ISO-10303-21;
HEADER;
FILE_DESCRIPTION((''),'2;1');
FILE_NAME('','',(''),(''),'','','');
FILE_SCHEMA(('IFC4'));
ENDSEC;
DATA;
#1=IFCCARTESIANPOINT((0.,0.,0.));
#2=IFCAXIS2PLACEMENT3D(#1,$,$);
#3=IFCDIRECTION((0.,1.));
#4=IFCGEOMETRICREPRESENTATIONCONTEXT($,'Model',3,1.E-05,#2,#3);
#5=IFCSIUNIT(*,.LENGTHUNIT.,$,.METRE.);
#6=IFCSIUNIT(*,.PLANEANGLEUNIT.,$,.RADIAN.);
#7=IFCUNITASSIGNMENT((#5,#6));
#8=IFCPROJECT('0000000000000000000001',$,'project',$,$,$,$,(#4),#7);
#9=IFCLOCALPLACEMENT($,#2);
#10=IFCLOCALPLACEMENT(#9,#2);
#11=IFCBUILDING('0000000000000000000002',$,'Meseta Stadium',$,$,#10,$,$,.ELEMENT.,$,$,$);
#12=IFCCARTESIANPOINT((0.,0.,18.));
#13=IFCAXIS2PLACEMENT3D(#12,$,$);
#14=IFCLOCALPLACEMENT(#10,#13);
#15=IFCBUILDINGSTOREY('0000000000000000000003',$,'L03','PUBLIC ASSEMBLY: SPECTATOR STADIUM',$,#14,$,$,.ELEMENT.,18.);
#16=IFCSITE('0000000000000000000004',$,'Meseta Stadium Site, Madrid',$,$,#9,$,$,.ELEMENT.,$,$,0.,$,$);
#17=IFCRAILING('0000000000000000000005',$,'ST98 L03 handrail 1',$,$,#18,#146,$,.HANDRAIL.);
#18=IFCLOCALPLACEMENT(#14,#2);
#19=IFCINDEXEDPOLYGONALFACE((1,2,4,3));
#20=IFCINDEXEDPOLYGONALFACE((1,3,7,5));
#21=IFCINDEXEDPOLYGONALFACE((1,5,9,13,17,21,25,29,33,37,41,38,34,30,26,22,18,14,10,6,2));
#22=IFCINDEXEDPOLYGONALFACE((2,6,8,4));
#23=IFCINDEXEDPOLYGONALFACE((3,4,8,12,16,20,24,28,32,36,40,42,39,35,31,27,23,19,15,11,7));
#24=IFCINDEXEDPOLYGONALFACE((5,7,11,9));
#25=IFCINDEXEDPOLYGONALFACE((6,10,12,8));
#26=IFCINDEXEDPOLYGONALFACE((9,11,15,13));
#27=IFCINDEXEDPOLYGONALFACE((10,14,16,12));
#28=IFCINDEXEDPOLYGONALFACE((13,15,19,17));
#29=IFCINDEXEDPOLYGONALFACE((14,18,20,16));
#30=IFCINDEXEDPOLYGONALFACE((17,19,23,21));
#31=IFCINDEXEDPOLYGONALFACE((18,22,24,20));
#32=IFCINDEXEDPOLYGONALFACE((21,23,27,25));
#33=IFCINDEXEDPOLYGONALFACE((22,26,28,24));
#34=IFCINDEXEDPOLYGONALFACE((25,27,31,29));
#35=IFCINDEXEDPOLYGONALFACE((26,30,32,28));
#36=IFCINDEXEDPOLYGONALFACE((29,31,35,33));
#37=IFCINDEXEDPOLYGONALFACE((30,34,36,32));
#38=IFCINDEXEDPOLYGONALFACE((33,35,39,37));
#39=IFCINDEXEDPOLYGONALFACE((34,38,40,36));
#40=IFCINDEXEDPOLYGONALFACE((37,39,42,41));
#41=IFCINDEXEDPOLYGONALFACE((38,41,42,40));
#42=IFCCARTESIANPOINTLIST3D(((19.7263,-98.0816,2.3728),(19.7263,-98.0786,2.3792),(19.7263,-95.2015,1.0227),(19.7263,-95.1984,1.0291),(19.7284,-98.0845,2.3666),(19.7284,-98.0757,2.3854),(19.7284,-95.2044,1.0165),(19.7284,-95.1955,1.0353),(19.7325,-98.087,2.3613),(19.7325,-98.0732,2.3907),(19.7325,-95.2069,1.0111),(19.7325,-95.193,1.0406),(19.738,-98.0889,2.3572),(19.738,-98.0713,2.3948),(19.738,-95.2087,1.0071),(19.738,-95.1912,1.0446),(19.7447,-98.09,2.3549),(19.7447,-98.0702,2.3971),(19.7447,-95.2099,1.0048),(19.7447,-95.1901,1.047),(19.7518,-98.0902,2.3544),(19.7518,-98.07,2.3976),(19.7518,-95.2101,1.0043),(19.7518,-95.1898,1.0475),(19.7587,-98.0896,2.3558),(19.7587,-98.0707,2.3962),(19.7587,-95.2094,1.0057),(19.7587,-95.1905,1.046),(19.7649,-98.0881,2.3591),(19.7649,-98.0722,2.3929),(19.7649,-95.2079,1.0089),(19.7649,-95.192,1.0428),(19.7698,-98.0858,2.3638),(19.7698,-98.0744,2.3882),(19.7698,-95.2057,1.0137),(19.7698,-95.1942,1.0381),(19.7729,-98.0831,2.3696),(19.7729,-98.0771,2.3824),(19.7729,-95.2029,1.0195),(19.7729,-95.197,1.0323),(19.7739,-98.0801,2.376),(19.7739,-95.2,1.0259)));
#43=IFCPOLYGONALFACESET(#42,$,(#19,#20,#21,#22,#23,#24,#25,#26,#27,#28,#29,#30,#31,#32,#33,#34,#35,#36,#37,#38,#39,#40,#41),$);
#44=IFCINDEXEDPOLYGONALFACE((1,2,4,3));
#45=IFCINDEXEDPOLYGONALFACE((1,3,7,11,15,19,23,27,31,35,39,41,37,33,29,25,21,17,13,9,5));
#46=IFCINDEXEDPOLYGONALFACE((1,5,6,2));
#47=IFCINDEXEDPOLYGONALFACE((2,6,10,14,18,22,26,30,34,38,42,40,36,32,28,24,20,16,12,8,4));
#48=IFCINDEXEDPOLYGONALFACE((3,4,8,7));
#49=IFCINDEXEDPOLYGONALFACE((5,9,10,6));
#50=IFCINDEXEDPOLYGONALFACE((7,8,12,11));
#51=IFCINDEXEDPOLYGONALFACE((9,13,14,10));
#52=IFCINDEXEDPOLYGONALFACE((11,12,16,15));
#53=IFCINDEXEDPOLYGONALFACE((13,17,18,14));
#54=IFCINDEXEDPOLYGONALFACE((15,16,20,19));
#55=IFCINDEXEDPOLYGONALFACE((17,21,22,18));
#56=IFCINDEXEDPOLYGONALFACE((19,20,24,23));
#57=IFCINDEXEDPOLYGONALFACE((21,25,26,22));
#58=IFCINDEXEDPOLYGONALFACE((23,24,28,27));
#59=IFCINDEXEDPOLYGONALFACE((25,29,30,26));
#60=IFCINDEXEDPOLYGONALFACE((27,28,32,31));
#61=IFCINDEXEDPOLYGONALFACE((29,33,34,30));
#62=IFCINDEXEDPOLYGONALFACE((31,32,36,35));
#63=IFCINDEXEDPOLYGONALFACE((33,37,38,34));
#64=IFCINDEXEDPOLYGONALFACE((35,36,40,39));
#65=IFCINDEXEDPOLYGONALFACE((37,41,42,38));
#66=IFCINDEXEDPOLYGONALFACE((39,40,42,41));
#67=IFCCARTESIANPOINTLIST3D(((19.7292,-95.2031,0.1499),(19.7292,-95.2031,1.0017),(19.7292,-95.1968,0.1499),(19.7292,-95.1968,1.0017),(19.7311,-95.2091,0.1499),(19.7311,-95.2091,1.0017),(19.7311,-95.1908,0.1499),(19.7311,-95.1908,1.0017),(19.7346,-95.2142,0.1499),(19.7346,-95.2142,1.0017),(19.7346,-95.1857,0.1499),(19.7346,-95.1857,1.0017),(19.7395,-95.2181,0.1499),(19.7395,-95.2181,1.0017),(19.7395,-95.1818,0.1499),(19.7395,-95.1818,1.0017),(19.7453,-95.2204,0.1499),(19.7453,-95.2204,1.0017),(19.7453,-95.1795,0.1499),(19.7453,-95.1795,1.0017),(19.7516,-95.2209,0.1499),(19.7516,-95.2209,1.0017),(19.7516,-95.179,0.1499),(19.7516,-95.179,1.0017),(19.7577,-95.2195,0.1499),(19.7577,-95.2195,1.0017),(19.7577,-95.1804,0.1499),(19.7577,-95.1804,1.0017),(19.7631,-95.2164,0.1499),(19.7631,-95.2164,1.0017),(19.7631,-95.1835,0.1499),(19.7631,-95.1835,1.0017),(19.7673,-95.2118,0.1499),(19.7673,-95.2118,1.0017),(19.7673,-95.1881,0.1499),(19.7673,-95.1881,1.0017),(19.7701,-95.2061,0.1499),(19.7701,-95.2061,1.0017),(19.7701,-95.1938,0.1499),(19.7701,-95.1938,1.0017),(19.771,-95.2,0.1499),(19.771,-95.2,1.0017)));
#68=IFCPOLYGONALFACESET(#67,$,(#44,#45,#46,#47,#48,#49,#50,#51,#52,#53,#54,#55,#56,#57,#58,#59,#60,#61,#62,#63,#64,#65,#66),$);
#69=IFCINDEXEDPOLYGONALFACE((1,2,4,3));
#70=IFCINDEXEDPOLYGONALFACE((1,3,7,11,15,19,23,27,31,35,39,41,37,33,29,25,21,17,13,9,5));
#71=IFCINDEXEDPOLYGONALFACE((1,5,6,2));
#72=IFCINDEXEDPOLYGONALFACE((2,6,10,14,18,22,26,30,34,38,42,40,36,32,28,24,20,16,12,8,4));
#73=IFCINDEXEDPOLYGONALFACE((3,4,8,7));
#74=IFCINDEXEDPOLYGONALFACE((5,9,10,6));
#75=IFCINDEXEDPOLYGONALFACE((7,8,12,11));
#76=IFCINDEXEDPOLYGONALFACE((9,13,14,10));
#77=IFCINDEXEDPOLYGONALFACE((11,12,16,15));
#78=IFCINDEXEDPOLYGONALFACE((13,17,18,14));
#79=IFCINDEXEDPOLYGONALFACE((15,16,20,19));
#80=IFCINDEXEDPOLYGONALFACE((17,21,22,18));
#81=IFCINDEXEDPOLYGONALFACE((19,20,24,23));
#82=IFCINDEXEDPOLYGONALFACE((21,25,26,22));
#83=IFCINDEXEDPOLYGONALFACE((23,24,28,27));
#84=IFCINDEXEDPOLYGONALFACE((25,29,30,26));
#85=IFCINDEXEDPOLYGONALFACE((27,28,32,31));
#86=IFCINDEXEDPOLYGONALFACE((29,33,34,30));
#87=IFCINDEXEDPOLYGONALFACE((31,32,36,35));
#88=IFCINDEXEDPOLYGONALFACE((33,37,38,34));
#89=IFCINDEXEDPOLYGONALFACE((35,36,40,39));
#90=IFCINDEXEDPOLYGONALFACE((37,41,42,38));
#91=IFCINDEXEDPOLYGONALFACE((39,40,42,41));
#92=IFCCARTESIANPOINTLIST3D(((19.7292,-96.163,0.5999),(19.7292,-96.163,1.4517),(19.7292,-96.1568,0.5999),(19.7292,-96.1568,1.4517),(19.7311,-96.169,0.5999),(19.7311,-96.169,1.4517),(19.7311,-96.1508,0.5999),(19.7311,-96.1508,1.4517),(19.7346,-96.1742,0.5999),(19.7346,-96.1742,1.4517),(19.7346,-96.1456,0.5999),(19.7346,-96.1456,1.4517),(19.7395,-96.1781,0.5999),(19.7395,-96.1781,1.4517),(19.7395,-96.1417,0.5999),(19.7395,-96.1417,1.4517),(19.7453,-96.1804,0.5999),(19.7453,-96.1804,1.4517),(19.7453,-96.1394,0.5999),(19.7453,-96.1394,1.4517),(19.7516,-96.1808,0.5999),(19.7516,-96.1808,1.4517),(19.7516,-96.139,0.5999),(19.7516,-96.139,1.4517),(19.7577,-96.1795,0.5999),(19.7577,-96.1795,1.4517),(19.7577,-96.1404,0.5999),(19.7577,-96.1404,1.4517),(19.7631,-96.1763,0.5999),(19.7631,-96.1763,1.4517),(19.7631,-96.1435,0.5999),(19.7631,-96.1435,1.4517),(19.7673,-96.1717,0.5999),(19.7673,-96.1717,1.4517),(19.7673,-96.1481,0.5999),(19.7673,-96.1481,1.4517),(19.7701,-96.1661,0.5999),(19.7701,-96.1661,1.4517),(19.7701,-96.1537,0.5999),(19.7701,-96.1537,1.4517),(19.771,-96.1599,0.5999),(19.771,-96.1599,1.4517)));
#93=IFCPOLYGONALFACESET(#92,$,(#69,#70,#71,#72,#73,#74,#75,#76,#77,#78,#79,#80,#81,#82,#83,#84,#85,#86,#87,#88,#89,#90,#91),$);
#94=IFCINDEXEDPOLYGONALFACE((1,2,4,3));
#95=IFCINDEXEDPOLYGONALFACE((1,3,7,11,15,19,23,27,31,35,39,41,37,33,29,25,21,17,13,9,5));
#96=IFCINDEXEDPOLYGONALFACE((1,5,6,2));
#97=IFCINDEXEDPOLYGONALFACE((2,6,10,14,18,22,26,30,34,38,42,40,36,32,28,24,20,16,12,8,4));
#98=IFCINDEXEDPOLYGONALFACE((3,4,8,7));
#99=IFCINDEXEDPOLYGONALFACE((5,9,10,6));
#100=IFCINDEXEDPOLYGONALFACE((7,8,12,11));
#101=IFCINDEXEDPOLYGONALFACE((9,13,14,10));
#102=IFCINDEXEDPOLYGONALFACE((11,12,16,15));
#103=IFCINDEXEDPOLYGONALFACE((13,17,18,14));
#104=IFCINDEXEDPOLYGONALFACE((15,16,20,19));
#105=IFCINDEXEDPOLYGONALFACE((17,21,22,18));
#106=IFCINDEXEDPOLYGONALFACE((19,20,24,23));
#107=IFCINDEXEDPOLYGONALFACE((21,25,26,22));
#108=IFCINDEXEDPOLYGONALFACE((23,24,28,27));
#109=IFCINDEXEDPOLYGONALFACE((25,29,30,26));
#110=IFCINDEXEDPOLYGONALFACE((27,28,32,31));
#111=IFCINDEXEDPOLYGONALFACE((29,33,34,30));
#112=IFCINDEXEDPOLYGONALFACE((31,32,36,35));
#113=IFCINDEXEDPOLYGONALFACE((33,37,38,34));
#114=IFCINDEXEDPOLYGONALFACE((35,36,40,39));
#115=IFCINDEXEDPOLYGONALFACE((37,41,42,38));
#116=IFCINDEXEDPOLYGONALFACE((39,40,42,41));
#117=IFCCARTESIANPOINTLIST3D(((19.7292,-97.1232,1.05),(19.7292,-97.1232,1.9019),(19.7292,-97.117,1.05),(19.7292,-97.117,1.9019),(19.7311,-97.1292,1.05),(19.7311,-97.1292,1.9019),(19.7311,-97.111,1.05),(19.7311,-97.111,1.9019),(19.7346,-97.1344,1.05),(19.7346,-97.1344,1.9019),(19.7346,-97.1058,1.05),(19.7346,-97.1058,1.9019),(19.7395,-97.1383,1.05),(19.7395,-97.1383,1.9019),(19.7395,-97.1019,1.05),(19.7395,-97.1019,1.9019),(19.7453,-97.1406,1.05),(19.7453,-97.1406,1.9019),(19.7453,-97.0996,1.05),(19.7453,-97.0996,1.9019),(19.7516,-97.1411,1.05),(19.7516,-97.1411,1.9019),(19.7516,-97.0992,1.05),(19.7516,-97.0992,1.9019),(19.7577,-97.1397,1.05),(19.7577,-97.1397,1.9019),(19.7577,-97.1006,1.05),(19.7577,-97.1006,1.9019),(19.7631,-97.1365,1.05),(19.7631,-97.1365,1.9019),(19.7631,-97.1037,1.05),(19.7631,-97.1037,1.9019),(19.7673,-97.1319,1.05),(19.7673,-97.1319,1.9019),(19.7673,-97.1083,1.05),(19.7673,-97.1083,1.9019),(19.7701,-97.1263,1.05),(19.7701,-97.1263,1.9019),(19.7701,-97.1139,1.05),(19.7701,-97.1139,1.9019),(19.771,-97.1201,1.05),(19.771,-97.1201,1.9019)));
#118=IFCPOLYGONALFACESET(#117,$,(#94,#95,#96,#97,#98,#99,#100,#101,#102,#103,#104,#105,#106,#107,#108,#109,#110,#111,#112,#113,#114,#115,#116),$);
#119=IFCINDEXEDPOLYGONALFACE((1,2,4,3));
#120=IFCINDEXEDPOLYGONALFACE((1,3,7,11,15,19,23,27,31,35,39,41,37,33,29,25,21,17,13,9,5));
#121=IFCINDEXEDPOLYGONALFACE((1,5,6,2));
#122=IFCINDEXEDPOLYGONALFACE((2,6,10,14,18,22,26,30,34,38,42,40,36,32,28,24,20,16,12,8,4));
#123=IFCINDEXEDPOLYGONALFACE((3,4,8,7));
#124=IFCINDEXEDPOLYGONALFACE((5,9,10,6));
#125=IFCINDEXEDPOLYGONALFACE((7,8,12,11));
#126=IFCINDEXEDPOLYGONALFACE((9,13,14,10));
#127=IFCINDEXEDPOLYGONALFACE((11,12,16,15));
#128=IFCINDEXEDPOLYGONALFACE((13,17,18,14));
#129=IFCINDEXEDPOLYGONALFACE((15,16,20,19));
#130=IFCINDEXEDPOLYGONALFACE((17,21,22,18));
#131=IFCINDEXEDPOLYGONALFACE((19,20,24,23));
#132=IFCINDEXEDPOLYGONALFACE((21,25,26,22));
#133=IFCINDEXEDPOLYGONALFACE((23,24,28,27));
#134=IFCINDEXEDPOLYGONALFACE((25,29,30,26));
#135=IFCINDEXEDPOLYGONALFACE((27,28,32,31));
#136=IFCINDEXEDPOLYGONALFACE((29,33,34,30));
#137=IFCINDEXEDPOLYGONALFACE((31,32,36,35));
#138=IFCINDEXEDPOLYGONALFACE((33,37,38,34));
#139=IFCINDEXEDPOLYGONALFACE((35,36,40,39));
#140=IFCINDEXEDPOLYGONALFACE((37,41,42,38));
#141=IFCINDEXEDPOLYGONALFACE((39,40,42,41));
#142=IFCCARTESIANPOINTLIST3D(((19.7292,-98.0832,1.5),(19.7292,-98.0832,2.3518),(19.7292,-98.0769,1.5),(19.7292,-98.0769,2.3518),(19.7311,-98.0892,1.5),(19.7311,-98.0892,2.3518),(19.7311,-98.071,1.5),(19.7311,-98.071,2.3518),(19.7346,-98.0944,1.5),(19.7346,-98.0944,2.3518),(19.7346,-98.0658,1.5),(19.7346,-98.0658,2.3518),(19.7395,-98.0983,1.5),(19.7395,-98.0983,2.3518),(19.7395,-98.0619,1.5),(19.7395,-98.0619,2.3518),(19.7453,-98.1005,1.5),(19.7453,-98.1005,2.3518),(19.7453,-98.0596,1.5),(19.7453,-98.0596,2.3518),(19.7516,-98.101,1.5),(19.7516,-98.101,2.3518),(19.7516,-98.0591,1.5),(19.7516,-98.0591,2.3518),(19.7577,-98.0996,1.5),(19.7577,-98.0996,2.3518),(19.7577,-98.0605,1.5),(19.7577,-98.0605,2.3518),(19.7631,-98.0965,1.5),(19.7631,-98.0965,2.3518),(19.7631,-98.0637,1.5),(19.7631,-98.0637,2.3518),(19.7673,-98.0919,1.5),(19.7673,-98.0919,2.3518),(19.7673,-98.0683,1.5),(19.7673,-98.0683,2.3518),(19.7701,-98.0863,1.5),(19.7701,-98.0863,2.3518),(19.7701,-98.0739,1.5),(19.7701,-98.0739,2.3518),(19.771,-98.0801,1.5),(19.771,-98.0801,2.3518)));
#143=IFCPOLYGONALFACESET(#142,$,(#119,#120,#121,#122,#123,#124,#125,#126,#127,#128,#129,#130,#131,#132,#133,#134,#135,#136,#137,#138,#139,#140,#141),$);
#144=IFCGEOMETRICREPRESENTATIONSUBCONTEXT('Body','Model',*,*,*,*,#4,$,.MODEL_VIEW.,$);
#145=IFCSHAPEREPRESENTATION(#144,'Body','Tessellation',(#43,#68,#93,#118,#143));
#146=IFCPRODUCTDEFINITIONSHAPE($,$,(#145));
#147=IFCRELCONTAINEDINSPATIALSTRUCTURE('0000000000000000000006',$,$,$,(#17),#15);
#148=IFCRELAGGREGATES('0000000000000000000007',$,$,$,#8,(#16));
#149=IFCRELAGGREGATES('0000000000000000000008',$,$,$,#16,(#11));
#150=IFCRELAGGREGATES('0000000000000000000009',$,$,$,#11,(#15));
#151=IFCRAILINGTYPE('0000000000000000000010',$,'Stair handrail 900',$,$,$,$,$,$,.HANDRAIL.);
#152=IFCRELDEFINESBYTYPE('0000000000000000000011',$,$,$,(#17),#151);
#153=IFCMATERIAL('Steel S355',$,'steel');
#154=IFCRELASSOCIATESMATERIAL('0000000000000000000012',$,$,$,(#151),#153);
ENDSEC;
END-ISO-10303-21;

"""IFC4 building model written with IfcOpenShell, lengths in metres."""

from ifc_helpers import new_model, si_unit, direction, frame, origin, origin_2d, place, context, subcontext, project, spatial, circle, extrude, material, type_object, element, save


model = new_model("IFC4")

# Units and contexts
model_context = context("Model", 3, precision=1e-05, world=origin(), true_north=direction((0.0, 1.0)))
body_context = subcontext(model_context, "Body", "Model", "MODEL_VIEW")
ifc_project = project(units=[si_unit("LENGTHUNIT", "METRE"), si_unit("PLANEANGLEUNIT", "RADIAN")], contexts=[model_context])

# Site, building, storey
site_placement = place(None, origin())
site = spatial("IfcSite", under=ifc_project, at=site_placement, Name="Meseta Stadium Site, Madrid", CompositionType="ELEMENT", RefElevation=0.0)
building_placement = place(site_placement, origin())
building = spatial("IfcBuilding", under=site, at=building_placement, Name="Meseta Stadium", CompositionType="ELEMENT")
storey_placement = place(building_placement, frame((0.0, 0.0, 18.0)))
storey = spatial("IfcBuildingStorey", under=building, at=storey_placement, Name="L03", Description="PUBLIC ASSEMBLY: SPECTATOR STADIUM", CompositionType="ELEMENT", Elevation=18.0)

# Railing
ifc_material_1 = material(Name="Steel S355", Category="steel")
railing_type_1 = type_object("IfcRailingType", Name="Stair handrail 900", PredefinedType="HANDRAIL", material=ifc_material_1)
for number, where, name in (
    (1, (19.75, -95.2, 0.1499), "ST98 L03 handrail 1"),
):
    element("IfcRailing", number, at=place(storey_placement, frame(where)), inside=storey, type_object=railing_type_1, Name=name, PredefinedType="HANDRAIL", context=body_context, shape_type="SweptSolid", body=[
        extrude(circle(Radius=0.0239, at=origin_2d()), frame((0.0, 0.0, 0.876), z_axis=(0.0, -0.905454, 0.424444), x_axis=(1.0, 0.0, 0.0)), (0.0, 0.0, 1.0), 3.1809),
        extrude(circle(Radius=0.021, at=origin_2d()), origin(), (0.0, 0.0, 1.0), 0.8518),
        extrude(circle(Radius=0.021, at=origin_2d()), frame((0.0, -0.96, 0.45)), (0.0, 0.0, 1.0), 0.8518),
        extrude(circle(Radius=0.021, at=origin_2d()), frame((0.0, -1.9202, 0.9001)), (0.0, 0.0, 1.0), 0.8518),
        extrude(circle(Radius=0.021, at=origin_2d()), frame((0.0, -2.8801, 1.3501)), (0.0, 0.0, 1.0), 0.8518),
    ])

save(model, "model.ifc")
